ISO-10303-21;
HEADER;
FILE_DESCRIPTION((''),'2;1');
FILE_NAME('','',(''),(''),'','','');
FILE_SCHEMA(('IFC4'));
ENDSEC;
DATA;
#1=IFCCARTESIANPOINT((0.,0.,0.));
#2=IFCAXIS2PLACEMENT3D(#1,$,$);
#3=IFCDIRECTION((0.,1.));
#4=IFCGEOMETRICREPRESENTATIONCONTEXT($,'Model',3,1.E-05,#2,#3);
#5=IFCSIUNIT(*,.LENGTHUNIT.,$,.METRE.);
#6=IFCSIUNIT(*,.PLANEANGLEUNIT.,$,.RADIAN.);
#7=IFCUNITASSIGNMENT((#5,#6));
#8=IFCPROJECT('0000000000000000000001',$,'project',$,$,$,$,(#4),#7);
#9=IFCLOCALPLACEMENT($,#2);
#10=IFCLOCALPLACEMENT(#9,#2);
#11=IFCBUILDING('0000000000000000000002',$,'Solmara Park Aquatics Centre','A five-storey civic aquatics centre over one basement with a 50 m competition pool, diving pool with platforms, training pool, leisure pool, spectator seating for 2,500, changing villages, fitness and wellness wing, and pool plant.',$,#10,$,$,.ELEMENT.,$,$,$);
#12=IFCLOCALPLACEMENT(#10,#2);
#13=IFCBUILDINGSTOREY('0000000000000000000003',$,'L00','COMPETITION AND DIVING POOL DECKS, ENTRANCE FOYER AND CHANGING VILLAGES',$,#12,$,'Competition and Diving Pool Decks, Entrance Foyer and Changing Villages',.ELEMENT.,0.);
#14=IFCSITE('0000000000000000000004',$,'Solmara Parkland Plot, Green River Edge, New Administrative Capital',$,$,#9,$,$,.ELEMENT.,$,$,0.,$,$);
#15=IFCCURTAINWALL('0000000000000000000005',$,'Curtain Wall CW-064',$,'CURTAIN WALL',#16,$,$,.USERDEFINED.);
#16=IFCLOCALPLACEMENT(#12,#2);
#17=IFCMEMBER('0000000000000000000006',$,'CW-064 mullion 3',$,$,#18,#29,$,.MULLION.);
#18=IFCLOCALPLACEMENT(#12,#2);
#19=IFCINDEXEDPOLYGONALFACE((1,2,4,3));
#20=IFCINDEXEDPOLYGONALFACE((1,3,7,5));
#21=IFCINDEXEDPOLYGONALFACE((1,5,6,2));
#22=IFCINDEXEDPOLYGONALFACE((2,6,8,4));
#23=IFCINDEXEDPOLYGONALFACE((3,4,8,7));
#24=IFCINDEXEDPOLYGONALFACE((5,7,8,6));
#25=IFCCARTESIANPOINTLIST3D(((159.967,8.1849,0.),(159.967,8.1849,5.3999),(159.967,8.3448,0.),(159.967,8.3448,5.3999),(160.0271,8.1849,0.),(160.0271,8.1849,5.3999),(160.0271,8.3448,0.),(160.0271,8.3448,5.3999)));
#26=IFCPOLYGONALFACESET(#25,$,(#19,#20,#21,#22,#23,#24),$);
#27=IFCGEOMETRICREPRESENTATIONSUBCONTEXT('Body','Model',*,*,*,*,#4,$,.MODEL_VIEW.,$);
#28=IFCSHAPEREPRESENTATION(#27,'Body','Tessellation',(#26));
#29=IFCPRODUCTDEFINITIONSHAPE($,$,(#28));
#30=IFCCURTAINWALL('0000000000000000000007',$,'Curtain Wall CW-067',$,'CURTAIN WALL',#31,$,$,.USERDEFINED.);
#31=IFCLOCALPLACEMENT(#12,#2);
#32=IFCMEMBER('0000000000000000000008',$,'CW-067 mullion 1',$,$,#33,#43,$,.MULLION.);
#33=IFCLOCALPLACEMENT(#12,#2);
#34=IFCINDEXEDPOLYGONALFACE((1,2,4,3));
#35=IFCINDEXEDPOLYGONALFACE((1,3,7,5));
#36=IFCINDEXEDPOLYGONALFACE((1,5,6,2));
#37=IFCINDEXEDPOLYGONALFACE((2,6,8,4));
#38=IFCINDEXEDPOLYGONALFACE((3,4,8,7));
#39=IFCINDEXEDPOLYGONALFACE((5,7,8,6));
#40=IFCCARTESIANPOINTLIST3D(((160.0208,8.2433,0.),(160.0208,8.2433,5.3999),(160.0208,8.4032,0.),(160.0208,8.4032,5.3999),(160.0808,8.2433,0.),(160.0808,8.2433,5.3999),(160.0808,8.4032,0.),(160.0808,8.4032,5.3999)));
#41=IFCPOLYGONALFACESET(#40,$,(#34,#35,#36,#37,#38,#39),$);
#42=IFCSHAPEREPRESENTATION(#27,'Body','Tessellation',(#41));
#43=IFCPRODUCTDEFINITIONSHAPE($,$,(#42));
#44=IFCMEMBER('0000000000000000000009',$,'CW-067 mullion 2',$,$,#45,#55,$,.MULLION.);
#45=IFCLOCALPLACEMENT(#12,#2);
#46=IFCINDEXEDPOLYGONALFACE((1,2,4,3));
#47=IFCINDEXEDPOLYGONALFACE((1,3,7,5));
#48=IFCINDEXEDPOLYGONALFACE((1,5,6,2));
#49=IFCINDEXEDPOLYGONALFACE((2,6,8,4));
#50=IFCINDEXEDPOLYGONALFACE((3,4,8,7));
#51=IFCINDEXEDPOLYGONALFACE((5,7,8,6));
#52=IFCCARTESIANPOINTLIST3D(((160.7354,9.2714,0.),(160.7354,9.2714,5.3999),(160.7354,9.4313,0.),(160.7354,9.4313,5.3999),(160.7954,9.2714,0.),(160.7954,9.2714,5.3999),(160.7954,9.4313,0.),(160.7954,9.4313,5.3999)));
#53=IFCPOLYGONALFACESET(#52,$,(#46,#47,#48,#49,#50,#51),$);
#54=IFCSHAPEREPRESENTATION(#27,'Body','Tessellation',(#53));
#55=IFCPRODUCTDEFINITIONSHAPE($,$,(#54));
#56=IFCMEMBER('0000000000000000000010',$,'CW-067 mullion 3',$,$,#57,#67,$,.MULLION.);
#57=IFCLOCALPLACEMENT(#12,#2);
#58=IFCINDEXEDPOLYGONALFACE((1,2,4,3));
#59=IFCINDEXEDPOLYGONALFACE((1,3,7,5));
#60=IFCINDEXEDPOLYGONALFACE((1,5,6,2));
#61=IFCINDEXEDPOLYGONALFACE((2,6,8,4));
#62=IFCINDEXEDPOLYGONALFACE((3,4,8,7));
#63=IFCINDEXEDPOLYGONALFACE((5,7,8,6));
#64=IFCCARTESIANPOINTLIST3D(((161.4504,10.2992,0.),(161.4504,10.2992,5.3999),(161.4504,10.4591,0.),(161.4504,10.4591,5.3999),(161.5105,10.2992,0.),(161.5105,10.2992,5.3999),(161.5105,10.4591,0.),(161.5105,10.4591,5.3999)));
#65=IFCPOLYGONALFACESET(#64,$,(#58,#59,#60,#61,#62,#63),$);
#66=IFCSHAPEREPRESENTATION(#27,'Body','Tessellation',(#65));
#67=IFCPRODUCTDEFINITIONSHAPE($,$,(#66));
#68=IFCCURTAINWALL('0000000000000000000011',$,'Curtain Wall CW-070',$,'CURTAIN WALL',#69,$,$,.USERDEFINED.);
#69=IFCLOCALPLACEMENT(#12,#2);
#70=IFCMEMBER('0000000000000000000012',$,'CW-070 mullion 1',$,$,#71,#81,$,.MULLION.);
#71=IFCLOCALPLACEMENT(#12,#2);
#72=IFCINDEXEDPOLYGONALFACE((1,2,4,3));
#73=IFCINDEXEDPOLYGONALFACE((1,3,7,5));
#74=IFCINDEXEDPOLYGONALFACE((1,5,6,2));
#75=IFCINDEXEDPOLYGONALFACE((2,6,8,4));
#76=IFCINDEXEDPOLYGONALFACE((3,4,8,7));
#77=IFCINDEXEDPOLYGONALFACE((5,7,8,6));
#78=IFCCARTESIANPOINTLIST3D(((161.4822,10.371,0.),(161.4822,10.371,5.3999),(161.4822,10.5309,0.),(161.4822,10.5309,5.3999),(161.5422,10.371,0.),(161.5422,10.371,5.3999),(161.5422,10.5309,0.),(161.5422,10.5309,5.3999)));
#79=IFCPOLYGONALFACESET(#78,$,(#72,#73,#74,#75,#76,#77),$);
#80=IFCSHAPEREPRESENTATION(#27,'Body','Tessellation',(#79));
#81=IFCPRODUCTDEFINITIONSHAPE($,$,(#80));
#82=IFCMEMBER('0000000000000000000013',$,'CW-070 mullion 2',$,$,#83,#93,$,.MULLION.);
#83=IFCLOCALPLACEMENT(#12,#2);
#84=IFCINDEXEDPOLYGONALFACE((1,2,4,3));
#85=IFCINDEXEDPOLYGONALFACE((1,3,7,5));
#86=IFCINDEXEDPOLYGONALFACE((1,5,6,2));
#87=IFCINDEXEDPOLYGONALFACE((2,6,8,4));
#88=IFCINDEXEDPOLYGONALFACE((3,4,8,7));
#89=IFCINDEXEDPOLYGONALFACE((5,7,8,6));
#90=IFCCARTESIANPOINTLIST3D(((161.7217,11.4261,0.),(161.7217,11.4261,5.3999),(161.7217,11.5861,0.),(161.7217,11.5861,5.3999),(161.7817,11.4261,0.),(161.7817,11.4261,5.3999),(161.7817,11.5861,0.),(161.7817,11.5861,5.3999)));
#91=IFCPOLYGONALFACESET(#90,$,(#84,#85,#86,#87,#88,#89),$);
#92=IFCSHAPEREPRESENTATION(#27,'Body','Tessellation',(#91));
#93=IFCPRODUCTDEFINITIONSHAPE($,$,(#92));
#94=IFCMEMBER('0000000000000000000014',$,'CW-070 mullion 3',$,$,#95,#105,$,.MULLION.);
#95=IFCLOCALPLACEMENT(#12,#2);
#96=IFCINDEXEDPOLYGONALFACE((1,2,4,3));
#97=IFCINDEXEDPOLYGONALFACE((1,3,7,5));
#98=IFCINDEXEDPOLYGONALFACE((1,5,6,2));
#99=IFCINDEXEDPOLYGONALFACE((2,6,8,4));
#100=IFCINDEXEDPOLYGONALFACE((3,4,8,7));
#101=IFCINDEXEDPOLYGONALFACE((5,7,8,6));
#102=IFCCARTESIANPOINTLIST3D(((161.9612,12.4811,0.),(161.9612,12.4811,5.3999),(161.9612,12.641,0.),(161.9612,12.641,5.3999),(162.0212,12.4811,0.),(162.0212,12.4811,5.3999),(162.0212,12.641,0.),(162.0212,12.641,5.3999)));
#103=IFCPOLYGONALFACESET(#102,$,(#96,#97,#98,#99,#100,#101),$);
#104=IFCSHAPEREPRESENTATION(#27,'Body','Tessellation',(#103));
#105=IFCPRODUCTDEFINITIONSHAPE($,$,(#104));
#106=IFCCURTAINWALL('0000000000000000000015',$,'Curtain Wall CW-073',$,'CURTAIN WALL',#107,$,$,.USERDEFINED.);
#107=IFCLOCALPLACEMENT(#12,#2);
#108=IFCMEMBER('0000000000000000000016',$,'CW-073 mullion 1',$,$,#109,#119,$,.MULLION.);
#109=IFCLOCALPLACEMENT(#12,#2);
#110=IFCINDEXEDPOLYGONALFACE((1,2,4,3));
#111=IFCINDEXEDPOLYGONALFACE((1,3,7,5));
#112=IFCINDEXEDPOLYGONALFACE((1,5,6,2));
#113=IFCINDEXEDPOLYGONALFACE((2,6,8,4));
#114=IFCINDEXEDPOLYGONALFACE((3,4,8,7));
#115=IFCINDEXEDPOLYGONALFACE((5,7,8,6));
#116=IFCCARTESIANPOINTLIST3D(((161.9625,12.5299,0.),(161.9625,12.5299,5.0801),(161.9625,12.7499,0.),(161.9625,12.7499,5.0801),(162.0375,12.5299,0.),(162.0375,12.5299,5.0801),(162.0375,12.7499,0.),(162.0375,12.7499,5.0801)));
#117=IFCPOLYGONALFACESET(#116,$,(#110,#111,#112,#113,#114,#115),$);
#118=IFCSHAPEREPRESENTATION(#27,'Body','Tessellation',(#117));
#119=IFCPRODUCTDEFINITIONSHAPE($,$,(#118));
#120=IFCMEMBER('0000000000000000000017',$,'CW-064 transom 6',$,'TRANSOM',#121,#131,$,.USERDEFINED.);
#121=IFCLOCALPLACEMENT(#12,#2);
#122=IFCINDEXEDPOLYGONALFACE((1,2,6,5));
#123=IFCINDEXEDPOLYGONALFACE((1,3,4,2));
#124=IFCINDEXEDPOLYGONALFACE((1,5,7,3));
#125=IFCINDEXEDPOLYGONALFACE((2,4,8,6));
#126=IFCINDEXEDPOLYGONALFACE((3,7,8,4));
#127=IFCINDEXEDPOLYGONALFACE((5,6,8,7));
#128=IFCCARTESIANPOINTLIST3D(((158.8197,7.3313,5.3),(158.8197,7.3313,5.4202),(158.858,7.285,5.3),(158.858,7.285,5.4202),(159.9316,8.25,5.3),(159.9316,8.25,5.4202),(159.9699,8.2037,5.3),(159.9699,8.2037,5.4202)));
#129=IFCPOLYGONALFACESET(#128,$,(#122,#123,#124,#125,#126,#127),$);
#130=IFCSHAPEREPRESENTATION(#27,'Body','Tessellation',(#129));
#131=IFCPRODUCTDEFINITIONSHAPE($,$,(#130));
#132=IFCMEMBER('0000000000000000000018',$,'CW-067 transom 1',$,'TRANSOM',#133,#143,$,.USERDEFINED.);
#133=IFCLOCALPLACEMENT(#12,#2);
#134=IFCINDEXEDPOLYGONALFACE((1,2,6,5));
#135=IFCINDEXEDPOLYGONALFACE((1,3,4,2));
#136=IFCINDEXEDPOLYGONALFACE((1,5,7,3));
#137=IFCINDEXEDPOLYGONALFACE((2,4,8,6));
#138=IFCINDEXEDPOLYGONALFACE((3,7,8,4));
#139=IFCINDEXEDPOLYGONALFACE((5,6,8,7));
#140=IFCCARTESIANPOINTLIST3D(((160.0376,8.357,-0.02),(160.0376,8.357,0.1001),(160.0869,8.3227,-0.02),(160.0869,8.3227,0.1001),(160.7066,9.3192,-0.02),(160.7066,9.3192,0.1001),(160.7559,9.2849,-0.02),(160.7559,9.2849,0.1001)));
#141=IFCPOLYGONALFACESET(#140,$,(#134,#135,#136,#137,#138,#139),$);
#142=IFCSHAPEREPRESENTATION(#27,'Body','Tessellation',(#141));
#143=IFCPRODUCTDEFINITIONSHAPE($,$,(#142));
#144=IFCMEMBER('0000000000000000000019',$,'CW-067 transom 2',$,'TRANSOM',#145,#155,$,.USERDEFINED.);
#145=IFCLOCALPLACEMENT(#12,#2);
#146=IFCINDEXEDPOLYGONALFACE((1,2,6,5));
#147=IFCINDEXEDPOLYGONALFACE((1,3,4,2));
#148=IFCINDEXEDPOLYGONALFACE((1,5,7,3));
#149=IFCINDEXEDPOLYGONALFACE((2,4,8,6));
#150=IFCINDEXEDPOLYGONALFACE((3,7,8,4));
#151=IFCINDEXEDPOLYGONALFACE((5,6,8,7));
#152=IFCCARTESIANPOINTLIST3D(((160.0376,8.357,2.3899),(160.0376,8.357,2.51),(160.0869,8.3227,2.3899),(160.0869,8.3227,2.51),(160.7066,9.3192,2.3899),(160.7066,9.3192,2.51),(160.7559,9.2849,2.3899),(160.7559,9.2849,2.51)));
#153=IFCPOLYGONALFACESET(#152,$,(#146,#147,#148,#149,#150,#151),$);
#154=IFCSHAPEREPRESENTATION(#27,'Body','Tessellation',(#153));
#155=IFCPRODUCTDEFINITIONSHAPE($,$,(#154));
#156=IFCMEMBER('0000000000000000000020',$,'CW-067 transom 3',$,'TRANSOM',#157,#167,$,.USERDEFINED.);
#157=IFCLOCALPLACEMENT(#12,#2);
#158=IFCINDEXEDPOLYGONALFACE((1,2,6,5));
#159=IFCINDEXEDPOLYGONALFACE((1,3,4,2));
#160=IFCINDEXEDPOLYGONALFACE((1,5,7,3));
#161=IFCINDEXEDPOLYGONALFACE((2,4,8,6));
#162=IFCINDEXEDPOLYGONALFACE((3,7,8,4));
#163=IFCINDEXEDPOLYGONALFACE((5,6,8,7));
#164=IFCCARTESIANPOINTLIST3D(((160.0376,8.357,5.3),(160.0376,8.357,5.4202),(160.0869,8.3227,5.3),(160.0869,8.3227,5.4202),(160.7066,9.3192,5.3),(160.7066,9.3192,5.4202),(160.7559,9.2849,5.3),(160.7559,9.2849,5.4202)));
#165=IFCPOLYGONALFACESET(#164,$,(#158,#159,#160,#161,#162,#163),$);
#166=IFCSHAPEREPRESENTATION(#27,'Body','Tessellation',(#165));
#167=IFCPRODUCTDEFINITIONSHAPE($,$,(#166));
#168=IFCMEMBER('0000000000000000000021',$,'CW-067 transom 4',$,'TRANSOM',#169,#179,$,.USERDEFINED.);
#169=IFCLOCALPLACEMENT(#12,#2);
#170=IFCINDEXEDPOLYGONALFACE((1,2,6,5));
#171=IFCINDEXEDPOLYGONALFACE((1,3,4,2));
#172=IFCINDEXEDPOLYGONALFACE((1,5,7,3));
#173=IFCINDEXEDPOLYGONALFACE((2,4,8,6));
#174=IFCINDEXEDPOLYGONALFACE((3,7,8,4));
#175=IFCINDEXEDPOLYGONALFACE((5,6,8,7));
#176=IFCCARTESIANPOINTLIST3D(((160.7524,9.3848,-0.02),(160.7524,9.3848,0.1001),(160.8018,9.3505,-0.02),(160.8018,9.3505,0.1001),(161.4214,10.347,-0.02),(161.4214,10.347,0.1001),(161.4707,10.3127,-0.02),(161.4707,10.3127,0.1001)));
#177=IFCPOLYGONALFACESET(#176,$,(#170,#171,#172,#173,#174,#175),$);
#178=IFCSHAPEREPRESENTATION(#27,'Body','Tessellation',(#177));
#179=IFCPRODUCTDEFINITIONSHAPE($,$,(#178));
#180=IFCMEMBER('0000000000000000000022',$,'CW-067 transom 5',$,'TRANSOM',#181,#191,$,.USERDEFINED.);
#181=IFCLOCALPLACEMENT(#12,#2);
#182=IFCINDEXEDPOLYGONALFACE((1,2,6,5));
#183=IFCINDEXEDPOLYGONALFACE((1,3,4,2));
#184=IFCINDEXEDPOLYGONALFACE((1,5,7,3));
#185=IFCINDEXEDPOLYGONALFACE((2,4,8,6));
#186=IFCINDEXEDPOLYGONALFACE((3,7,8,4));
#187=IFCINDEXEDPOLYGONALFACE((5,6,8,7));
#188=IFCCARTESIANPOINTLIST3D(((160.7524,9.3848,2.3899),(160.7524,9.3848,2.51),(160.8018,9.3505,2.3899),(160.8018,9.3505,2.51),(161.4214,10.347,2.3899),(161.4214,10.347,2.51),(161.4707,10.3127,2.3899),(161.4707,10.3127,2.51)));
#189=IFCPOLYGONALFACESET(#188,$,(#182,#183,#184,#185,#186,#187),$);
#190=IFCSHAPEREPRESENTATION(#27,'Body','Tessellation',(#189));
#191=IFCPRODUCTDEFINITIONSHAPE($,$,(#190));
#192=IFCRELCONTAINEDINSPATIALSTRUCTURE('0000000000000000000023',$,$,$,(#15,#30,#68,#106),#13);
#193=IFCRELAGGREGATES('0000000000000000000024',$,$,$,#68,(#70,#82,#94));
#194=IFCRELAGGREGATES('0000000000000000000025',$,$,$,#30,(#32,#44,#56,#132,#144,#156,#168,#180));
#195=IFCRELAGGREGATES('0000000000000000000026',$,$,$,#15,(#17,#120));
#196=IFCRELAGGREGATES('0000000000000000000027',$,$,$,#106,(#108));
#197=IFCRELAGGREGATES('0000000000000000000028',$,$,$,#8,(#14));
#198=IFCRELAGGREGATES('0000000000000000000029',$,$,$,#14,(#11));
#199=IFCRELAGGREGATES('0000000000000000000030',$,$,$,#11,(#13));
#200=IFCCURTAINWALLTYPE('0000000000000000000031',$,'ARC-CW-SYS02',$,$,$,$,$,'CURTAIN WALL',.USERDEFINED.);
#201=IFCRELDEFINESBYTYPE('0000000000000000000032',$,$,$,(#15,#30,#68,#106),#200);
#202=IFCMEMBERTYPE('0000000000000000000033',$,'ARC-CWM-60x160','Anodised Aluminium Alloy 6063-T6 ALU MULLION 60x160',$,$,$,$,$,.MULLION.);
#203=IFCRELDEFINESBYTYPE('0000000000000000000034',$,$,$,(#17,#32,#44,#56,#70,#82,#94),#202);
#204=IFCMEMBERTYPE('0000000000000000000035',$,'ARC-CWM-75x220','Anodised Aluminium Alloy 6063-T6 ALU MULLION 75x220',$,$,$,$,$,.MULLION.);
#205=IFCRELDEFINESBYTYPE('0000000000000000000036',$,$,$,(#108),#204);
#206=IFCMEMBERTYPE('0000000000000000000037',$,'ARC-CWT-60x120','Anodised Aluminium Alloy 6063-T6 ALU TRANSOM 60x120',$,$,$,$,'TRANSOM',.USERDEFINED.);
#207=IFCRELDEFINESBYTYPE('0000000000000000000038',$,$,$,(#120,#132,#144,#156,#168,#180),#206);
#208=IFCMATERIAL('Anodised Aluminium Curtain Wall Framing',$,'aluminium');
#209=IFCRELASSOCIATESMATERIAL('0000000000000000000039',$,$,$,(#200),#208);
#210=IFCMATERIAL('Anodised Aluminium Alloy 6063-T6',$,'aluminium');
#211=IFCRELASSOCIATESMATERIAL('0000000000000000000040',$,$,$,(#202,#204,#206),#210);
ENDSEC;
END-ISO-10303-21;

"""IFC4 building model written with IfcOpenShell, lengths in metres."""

from ifc_helpers import new_model, si_unit, direction, frame, origin, origin_2d, place, context, subcontext, project, spatial, rectangle, extrude, material, material_profile, profile_set, type_object, element, aggregate, save


model = new_model("IFC4")

# Units and contexts
model_context = context("Model", 3, precision=1e-05, world=origin(), true_north=direction((0.0, 1.0)))
body_context = subcontext(model_context, "Body", "Model", "MODEL_VIEW")
ifc_project = project(units=[si_unit("LENGTHUNIT", "METRE"), si_unit("PLANEANGLEUNIT", "RADIAN")], contexts=[model_context])

# Site, building, storey
site_placement = place(None, origin())
site = spatial("IfcSite", under=ifc_project, at=site_placement, Name="Solmara Parkland Plot, Green River Edge, New Administrative Capital", CompositionType="ELEMENT", RefElevation=0.0)
building_placement = place(site_placement, origin())
building = spatial("IfcBuilding", under=site, at=building_placement, Name="Solmara Park Aquatics Centre", Description="A five-storey civic aquatics centre over one basement with a 50 m competition pool, diving pool with platforms, training pool, leisure pool, spectator seating for 2,500, changing villages, fitness and wellness wing, and pool plant.", CompositionType="ELEMENT")
storey_placement = place(building_placement, origin())
storey = spatial("IfcBuildingStorey", under=building, at=storey_placement, Name="L00", Description="COMPETITION AND DIVING POOL DECKS, ENTRANCE FOYER AND CHANGING VILLAGES", LongName="Competition and Diving Pool Decks, Entrance Foyer and Changing Villages", CompositionType="ELEMENT", Elevation=0.0)

# Curtain wall, member
ifc_material_1 = material(Name="Anodised Aluminium Curtain Wall Framing", Category="aluminium")
curtain_wall_type = type_object("IfcCurtainWallType", Name="ARC-CW-SYS02", ElementType="CURTAIN WALL", PredefinedType="USERDEFINED", material=ifc_material_1)
curtain_wall_1_placement = place(storey_placement, origin())
curtain_wall_1 = element("IfcCurtainWall", 1, at=curtain_wall_1_placement, inside=storey, type_object=curtain_wall_type, Name="Curtain Wall CW-064", ObjectType="CURTAIN WALL", PredefinedType="USERDEFINED")
ifc_material_2 = material(Name="Anodised Aluminium Alloy 6063-T6", Category="aluminium")
ifc_material_profile_1 = material_profile(ifc_material_2, rectangle(XDim=0.0601, YDim=0.1599, at=origin_2d()), Name="ALU MULLION 60x160")
ifc_profile_set_1 = profile_set([ifc_material_profile_1], Name="Anodised Aluminium Alloy 6063-T6")
member_type_1 = type_object("IfcMemberType", Name="ARC-CWM-60x160", Description="Anodised Aluminium Alloy 6063-T6 ALU MULLION 60x160", PredefinedType="MULLION", material=ifc_profile_set_1)
member_1_placement = place(storey_placement, frame((159.9971, 8.2649, 0.0), z_axis=(0.0, 0.0, 1.0), x_axis=(1.0, 0.0, 0.0)))
member_1 = element("IfcMember", 2, at=member_1_placement, type_object=member_type_1, Name="CW-064 mullion 3", PredefinedType="MULLION", context=body_context, shape_type="SweptSolid", body=[
    extrude(rectangle(XDim=0.0601, YDim=0.1599, at=origin_2d()), origin(), (0.0, 0.0, 1.0), 5.3999),
])

# Curtain walls, members
curtain_wall_2_placement = place(storey_placement, origin())
curtain_wall_2 = element("IfcCurtainWall", 3, at=curtain_wall_2_placement, inside=storey, type_object=curtain_wall_type, Name="Curtain Wall CW-067", ObjectType="CURTAIN WALL", PredefinedType="USERDEFINED")
member_2_placement = place(storey_placement, frame((160.0508, 8.3232, 0.0), z_axis=(0.0, 0.0, 1.0), x_axis=(1.0, 0.0, 0.0)))
member_2 = element("IfcMember", 4, at=member_2_placement, type_object=member_type_1, Name="CW-067 mullion 1", PredefinedType="MULLION", context=body_context, shape_type="SweptSolid", body=[
    extrude(rectangle(XDim=0.0601, YDim=0.1599, at=origin_2d()), origin(), (0.0, 0.0, 1.0), 5.3999),
])
member_3_placement = place(storey_placement, frame((160.7654, 9.3513, 0.0), z_axis=(0.0, 0.0, 1.0), x_axis=(1.0, 0.0, 0.0)))
member_3 = element("IfcMember", 5, at=member_3_placement, type_object=member_type_1, Name="CW-067 mullion 2", PredefinedType="MULLION", context=body_context, shape_type="SweptSolid", body=[
    extrude(rectangle(XDim=0.0601, YDim=0.1599, at=origin_2d()), origin(), (0.0, 0.0, 1.0), 5.3999),
])
member_4_placement = place(storey_placement, frame((161.4805, 10.3792, 0.0), z_axis=(0.0, 0.0, 1.0), x_axis=(1.0, 0.0, 0.0)))
member_4 = element("IfcMember", 6, at=member_4_placement, type_object=member_type_1, Name="CW-067 mullion 3", PredefinedType="MULLION", context=body_context, shape_type="SweptSolid", body=[
    extrude(rectangle(XDim=0.0601, YDim=0.1599, at=origin_2d()), origin(), (0.0, 0.0, 1.0), 5.3999),
])
curtain_wall_3_placement = place(storey_placement, origin())
curtain_wall_3 = element("IfcCurtainWall", 7, at=curtain_wall_3_placement, inside=storey, type_object=curtain_wall_type, Name="Curtain Wall CW-070", ObjectType="CURTAIN WALL", PredefinedType="USERDEFINED")
member_5_placement = place(storey_placement, frame((161.5122, 10.4509, 0.0), z_axis=(0.0, 0.0, 1.0), x_axis=(1.0, 0.0, 0.0)))
member_5 = element("IfcMember", 8, at=member_5_placement, type_object=member_type_1, Name="CW-070 mullion 1", PredefinedType="MULLION", context=body_context, shape_type="SweptSolid", body=[
    extrude(rectangle(XDim=0.0601, YDim=0.1599, at=origin_2d()), origin(), (0.0, 0.0, 1.0), 5.3999),
])
member_6_placement = place(storey_placement, frame((161.7517, 11.5061, 0.0), z_axis=(0.0, 0.0, 1.0), x_axis=(1.0, 0.0, 0.0)))
member_6 = element("IfcMember", 9, at=member_6_placement, type_object=member_type_1, Name="CW-070 mullion 2", PredefinedType="MULLION", context=body_context, shape_type="SweptSolid", body=[
    extrude(rectangle(XDim=0.0601, YDim=0.1599, at=origin_2d()), origin(), (0.0, 0.0, 1.0), 5.3999),
])
member_7_placement = place(storey_placement, frame((161.9912, 12.561, 0.0), z_axis=(0.0, 0.0, 1.0), x_axis=(1.0, 0.0, 0.0)))
member_7 = element("IfcMember", 10, at=member_7_placement, type_object=member_type_1, Name="CW-070 mullion 3", PredefinedType="MULLION", context=body_context, shape_type="SweptSolid", body=[
    extrude(rectangle(XDim=0.0601, YDim=0.1599, at=origin_2d()), origin(), (0.0, 0.0, 1.0), 5.3999),
])

# Curtain wall, member
curtain_wall_4_placement = place(storey_placement, origin())
curtain_wall_4 = element("IfcCurtainWall", 11, at=curtain_wall_4_placement, inside=storey, type_object=curtain_wall_type, Name="Curtain Wall CW-073", ObjectType="CURTAIN WALL", PredefinedType="USERDEFINED")
ifc_material_profile_2 = material_profile(ifc_material_2, rectangle(XDim=0.075, YDim=0.22, at=origin_2d()), Name="ALU MULLION 75x220")
ifc_profile_set_2 = profile_set([ifc_material_profile_2], Name="Anodised Aluminium Alloy 6063-T6")
member_type_2 = type_object("IfcMemberType", Name="ARC-CWM-75x220", Description="Anodised Aluminium Alloy 6063-T6 ALU MULLION 75x220", PredefinedType="MULLION", material=ifc_profile_set_2)
member_8_placement = place(storey_placement, frame((162.0, 12.6399, 0.0), z_axis=(0.0, 0.0, 1.0), x_axis=(1.0, 0.0, 0.0)))
member_8 = element("IfcMember", 12, at=member_8_placement, type_object=member_type_2, Name="CW-073 mullion 1", PredefinedType="MULLION", context=body_context, shape_type="SweptSolid", body=[
    extrude(rectangle(XDim=0.075, YDim=0.22, at=origin_2d()), origin(), (0.0, 0.0, 1.0), 5.0801),
])

# Members
ifc_material_profile_3 = material_profile(ifc_material_2, rectangle(XDim=0.0601, YDim=0.1201, at=origin_2d()), Name="ALU TRANSOM 60x120")
ifc_profile_set_3 = profile_set([ifc_material_profile_3], Name="Anodised Aluminium Alloy 6063-T6")
member_type_3 = type_object("IfcMemberType", Name="ARC-CWT-60x120", Description="Anodised Aluminium Alloy 6063-T6 ALU TRANSOM 60x120", ElementType="TRANSOM", PredefinedType="USERDEFINED", material=ifc_profile_set_3)
member_9_placement = place(storey_placement, frame((158.8389, 7.3081, 5.3601), z_axis=(0.770879, 0.636982, 0.0), x_axis=(-0.636982, 0.770879, 0.0)))
member_9 = element("IfcMember", 13, at=member_9_placement, type_object=member_type_3, Name="CW-064 transom 6", ObjectType="TRANSOM", PredefinedType="USERDEFINED", context=body_context, shape_type="SweptSolid", body=[
    extrude(rectangle(XDim=0.0601, YDim=0.1201, at=origin_2d()), origin(), (0.0, 0.0, 1.0), 1.4424),
])
member_10_placement = place(storey_placement, frame((160.0623, 8.3398, 0.04), z_axis=(0.570845, 0.821058, 0.0), x_axis=(-0.821058, 0.570845, 0.0)))
member_10 = element("IfcMember", 14, at=member_10_placement, type_object=member_type_3, Name="CW-067 transom 1", ObjectType="TRANSOM", PredefinedType="USERDEFINED", context=body_context, shape_type="SweptSolid", body=[
    extrude(rectangle(XDim=0.0601, YDim=0.1201, at=origin_2d()), origin(), (0.0, 0.0, 1.0), 1.1719),
])
member_11_placement = place(storey_placement, frame((160.0623, 8.3398, 2.45), z_axis=(0.570845, 0.821058, 0.0), x_axis=(-0.821058, 0.570845, 0.0)))
member_11 = element("IfcMember", 15, at=member_11_placement, type_object=member_type_3, Name="CW-067 transom 2", ObjectType="TRANSOM", PredefinedType="USERDEFINED", context=body_context, shape_type="SweptSolid", body=[
    extrude(rectangle(XDim=0.0601, YDim=0.1201, at=origin_2d()), origin(), (0.0, 0.0, 1.0), 1.1719),
])
member_12_placement = place(storey_placement, frame((160.0623, 8.3398, 5.3601), z_axis=(0.570845, 0.821058, 0.0), x_axis=(-0.821058, 0.570845, 0.0)))
member_12 = element("IfcMember", 16, at=member_12_placement, type_object=member_type_3, Name="CW-067 transom 3", ObjectType="TRANSOM", PredefinedType="USERDEFINED", context=body_context, shape_type="SweptSolid", body=[
    extrude(rectangle(XDim=0.0601, YDim=0.1201, at=origin_2d()), origin(), (0.0, 0.0, 1.0), 1.1719),
])
member_13_placement = place(storey_placement, frame((160.7771, 9.3677, 0.04), z_axis=(0.570845, 0.821058, 0.0), x_axis=(-0.821058, 0.570845, 0.0)))
member_13 = element("IfcMember", 17, at=member_13_placement, type_object=member_type_3, Name="CW-067 transom 4", ObjectType="TRANSOM", PredefinedType="USERDEFINED", context=body_context, shape_type="SweptSolid", body=[
    extrude(rectangle(XDim=0.0601, YDim=0.1201, at=origin_2d()), origin(), (0.0, 0.0, 1.0), 1.1719),
])
member_14_placement = place(storey_placement, frame((160.7771, 9.3677, 2.45), z_axis=(0.570845, 0.821058, 0.0), x_axis=(-0.821058, 0.570845, 0.0)))
member_14 = element("IfcMember", 18, at=member_14_placement, type_object=member_type_3, Name="CW-067 transom 5", ObjectType="TRANSOM", PredefinedType="USERDEFINED", context=body_context, shape_type="SweptSolid", body=[
    extrude(rectangle(XDim=0.0601, YDim=0.1201, at=origin_2d()), origin(), (0.0, 0.0, 1.0), 1.1719),
])

aggregate(curtain_wall_3, [member_5, member_6, member_7])
aggregate(curtain_wall_2, [member_2, member_3, member_4, member_10, member_11, member_12, member_13, member_14])
aggregate(curtain_wall_1, [member_1, member_9])
aggregate(curtain_wall_4, [member_8])

save(model, "model.ifc")
